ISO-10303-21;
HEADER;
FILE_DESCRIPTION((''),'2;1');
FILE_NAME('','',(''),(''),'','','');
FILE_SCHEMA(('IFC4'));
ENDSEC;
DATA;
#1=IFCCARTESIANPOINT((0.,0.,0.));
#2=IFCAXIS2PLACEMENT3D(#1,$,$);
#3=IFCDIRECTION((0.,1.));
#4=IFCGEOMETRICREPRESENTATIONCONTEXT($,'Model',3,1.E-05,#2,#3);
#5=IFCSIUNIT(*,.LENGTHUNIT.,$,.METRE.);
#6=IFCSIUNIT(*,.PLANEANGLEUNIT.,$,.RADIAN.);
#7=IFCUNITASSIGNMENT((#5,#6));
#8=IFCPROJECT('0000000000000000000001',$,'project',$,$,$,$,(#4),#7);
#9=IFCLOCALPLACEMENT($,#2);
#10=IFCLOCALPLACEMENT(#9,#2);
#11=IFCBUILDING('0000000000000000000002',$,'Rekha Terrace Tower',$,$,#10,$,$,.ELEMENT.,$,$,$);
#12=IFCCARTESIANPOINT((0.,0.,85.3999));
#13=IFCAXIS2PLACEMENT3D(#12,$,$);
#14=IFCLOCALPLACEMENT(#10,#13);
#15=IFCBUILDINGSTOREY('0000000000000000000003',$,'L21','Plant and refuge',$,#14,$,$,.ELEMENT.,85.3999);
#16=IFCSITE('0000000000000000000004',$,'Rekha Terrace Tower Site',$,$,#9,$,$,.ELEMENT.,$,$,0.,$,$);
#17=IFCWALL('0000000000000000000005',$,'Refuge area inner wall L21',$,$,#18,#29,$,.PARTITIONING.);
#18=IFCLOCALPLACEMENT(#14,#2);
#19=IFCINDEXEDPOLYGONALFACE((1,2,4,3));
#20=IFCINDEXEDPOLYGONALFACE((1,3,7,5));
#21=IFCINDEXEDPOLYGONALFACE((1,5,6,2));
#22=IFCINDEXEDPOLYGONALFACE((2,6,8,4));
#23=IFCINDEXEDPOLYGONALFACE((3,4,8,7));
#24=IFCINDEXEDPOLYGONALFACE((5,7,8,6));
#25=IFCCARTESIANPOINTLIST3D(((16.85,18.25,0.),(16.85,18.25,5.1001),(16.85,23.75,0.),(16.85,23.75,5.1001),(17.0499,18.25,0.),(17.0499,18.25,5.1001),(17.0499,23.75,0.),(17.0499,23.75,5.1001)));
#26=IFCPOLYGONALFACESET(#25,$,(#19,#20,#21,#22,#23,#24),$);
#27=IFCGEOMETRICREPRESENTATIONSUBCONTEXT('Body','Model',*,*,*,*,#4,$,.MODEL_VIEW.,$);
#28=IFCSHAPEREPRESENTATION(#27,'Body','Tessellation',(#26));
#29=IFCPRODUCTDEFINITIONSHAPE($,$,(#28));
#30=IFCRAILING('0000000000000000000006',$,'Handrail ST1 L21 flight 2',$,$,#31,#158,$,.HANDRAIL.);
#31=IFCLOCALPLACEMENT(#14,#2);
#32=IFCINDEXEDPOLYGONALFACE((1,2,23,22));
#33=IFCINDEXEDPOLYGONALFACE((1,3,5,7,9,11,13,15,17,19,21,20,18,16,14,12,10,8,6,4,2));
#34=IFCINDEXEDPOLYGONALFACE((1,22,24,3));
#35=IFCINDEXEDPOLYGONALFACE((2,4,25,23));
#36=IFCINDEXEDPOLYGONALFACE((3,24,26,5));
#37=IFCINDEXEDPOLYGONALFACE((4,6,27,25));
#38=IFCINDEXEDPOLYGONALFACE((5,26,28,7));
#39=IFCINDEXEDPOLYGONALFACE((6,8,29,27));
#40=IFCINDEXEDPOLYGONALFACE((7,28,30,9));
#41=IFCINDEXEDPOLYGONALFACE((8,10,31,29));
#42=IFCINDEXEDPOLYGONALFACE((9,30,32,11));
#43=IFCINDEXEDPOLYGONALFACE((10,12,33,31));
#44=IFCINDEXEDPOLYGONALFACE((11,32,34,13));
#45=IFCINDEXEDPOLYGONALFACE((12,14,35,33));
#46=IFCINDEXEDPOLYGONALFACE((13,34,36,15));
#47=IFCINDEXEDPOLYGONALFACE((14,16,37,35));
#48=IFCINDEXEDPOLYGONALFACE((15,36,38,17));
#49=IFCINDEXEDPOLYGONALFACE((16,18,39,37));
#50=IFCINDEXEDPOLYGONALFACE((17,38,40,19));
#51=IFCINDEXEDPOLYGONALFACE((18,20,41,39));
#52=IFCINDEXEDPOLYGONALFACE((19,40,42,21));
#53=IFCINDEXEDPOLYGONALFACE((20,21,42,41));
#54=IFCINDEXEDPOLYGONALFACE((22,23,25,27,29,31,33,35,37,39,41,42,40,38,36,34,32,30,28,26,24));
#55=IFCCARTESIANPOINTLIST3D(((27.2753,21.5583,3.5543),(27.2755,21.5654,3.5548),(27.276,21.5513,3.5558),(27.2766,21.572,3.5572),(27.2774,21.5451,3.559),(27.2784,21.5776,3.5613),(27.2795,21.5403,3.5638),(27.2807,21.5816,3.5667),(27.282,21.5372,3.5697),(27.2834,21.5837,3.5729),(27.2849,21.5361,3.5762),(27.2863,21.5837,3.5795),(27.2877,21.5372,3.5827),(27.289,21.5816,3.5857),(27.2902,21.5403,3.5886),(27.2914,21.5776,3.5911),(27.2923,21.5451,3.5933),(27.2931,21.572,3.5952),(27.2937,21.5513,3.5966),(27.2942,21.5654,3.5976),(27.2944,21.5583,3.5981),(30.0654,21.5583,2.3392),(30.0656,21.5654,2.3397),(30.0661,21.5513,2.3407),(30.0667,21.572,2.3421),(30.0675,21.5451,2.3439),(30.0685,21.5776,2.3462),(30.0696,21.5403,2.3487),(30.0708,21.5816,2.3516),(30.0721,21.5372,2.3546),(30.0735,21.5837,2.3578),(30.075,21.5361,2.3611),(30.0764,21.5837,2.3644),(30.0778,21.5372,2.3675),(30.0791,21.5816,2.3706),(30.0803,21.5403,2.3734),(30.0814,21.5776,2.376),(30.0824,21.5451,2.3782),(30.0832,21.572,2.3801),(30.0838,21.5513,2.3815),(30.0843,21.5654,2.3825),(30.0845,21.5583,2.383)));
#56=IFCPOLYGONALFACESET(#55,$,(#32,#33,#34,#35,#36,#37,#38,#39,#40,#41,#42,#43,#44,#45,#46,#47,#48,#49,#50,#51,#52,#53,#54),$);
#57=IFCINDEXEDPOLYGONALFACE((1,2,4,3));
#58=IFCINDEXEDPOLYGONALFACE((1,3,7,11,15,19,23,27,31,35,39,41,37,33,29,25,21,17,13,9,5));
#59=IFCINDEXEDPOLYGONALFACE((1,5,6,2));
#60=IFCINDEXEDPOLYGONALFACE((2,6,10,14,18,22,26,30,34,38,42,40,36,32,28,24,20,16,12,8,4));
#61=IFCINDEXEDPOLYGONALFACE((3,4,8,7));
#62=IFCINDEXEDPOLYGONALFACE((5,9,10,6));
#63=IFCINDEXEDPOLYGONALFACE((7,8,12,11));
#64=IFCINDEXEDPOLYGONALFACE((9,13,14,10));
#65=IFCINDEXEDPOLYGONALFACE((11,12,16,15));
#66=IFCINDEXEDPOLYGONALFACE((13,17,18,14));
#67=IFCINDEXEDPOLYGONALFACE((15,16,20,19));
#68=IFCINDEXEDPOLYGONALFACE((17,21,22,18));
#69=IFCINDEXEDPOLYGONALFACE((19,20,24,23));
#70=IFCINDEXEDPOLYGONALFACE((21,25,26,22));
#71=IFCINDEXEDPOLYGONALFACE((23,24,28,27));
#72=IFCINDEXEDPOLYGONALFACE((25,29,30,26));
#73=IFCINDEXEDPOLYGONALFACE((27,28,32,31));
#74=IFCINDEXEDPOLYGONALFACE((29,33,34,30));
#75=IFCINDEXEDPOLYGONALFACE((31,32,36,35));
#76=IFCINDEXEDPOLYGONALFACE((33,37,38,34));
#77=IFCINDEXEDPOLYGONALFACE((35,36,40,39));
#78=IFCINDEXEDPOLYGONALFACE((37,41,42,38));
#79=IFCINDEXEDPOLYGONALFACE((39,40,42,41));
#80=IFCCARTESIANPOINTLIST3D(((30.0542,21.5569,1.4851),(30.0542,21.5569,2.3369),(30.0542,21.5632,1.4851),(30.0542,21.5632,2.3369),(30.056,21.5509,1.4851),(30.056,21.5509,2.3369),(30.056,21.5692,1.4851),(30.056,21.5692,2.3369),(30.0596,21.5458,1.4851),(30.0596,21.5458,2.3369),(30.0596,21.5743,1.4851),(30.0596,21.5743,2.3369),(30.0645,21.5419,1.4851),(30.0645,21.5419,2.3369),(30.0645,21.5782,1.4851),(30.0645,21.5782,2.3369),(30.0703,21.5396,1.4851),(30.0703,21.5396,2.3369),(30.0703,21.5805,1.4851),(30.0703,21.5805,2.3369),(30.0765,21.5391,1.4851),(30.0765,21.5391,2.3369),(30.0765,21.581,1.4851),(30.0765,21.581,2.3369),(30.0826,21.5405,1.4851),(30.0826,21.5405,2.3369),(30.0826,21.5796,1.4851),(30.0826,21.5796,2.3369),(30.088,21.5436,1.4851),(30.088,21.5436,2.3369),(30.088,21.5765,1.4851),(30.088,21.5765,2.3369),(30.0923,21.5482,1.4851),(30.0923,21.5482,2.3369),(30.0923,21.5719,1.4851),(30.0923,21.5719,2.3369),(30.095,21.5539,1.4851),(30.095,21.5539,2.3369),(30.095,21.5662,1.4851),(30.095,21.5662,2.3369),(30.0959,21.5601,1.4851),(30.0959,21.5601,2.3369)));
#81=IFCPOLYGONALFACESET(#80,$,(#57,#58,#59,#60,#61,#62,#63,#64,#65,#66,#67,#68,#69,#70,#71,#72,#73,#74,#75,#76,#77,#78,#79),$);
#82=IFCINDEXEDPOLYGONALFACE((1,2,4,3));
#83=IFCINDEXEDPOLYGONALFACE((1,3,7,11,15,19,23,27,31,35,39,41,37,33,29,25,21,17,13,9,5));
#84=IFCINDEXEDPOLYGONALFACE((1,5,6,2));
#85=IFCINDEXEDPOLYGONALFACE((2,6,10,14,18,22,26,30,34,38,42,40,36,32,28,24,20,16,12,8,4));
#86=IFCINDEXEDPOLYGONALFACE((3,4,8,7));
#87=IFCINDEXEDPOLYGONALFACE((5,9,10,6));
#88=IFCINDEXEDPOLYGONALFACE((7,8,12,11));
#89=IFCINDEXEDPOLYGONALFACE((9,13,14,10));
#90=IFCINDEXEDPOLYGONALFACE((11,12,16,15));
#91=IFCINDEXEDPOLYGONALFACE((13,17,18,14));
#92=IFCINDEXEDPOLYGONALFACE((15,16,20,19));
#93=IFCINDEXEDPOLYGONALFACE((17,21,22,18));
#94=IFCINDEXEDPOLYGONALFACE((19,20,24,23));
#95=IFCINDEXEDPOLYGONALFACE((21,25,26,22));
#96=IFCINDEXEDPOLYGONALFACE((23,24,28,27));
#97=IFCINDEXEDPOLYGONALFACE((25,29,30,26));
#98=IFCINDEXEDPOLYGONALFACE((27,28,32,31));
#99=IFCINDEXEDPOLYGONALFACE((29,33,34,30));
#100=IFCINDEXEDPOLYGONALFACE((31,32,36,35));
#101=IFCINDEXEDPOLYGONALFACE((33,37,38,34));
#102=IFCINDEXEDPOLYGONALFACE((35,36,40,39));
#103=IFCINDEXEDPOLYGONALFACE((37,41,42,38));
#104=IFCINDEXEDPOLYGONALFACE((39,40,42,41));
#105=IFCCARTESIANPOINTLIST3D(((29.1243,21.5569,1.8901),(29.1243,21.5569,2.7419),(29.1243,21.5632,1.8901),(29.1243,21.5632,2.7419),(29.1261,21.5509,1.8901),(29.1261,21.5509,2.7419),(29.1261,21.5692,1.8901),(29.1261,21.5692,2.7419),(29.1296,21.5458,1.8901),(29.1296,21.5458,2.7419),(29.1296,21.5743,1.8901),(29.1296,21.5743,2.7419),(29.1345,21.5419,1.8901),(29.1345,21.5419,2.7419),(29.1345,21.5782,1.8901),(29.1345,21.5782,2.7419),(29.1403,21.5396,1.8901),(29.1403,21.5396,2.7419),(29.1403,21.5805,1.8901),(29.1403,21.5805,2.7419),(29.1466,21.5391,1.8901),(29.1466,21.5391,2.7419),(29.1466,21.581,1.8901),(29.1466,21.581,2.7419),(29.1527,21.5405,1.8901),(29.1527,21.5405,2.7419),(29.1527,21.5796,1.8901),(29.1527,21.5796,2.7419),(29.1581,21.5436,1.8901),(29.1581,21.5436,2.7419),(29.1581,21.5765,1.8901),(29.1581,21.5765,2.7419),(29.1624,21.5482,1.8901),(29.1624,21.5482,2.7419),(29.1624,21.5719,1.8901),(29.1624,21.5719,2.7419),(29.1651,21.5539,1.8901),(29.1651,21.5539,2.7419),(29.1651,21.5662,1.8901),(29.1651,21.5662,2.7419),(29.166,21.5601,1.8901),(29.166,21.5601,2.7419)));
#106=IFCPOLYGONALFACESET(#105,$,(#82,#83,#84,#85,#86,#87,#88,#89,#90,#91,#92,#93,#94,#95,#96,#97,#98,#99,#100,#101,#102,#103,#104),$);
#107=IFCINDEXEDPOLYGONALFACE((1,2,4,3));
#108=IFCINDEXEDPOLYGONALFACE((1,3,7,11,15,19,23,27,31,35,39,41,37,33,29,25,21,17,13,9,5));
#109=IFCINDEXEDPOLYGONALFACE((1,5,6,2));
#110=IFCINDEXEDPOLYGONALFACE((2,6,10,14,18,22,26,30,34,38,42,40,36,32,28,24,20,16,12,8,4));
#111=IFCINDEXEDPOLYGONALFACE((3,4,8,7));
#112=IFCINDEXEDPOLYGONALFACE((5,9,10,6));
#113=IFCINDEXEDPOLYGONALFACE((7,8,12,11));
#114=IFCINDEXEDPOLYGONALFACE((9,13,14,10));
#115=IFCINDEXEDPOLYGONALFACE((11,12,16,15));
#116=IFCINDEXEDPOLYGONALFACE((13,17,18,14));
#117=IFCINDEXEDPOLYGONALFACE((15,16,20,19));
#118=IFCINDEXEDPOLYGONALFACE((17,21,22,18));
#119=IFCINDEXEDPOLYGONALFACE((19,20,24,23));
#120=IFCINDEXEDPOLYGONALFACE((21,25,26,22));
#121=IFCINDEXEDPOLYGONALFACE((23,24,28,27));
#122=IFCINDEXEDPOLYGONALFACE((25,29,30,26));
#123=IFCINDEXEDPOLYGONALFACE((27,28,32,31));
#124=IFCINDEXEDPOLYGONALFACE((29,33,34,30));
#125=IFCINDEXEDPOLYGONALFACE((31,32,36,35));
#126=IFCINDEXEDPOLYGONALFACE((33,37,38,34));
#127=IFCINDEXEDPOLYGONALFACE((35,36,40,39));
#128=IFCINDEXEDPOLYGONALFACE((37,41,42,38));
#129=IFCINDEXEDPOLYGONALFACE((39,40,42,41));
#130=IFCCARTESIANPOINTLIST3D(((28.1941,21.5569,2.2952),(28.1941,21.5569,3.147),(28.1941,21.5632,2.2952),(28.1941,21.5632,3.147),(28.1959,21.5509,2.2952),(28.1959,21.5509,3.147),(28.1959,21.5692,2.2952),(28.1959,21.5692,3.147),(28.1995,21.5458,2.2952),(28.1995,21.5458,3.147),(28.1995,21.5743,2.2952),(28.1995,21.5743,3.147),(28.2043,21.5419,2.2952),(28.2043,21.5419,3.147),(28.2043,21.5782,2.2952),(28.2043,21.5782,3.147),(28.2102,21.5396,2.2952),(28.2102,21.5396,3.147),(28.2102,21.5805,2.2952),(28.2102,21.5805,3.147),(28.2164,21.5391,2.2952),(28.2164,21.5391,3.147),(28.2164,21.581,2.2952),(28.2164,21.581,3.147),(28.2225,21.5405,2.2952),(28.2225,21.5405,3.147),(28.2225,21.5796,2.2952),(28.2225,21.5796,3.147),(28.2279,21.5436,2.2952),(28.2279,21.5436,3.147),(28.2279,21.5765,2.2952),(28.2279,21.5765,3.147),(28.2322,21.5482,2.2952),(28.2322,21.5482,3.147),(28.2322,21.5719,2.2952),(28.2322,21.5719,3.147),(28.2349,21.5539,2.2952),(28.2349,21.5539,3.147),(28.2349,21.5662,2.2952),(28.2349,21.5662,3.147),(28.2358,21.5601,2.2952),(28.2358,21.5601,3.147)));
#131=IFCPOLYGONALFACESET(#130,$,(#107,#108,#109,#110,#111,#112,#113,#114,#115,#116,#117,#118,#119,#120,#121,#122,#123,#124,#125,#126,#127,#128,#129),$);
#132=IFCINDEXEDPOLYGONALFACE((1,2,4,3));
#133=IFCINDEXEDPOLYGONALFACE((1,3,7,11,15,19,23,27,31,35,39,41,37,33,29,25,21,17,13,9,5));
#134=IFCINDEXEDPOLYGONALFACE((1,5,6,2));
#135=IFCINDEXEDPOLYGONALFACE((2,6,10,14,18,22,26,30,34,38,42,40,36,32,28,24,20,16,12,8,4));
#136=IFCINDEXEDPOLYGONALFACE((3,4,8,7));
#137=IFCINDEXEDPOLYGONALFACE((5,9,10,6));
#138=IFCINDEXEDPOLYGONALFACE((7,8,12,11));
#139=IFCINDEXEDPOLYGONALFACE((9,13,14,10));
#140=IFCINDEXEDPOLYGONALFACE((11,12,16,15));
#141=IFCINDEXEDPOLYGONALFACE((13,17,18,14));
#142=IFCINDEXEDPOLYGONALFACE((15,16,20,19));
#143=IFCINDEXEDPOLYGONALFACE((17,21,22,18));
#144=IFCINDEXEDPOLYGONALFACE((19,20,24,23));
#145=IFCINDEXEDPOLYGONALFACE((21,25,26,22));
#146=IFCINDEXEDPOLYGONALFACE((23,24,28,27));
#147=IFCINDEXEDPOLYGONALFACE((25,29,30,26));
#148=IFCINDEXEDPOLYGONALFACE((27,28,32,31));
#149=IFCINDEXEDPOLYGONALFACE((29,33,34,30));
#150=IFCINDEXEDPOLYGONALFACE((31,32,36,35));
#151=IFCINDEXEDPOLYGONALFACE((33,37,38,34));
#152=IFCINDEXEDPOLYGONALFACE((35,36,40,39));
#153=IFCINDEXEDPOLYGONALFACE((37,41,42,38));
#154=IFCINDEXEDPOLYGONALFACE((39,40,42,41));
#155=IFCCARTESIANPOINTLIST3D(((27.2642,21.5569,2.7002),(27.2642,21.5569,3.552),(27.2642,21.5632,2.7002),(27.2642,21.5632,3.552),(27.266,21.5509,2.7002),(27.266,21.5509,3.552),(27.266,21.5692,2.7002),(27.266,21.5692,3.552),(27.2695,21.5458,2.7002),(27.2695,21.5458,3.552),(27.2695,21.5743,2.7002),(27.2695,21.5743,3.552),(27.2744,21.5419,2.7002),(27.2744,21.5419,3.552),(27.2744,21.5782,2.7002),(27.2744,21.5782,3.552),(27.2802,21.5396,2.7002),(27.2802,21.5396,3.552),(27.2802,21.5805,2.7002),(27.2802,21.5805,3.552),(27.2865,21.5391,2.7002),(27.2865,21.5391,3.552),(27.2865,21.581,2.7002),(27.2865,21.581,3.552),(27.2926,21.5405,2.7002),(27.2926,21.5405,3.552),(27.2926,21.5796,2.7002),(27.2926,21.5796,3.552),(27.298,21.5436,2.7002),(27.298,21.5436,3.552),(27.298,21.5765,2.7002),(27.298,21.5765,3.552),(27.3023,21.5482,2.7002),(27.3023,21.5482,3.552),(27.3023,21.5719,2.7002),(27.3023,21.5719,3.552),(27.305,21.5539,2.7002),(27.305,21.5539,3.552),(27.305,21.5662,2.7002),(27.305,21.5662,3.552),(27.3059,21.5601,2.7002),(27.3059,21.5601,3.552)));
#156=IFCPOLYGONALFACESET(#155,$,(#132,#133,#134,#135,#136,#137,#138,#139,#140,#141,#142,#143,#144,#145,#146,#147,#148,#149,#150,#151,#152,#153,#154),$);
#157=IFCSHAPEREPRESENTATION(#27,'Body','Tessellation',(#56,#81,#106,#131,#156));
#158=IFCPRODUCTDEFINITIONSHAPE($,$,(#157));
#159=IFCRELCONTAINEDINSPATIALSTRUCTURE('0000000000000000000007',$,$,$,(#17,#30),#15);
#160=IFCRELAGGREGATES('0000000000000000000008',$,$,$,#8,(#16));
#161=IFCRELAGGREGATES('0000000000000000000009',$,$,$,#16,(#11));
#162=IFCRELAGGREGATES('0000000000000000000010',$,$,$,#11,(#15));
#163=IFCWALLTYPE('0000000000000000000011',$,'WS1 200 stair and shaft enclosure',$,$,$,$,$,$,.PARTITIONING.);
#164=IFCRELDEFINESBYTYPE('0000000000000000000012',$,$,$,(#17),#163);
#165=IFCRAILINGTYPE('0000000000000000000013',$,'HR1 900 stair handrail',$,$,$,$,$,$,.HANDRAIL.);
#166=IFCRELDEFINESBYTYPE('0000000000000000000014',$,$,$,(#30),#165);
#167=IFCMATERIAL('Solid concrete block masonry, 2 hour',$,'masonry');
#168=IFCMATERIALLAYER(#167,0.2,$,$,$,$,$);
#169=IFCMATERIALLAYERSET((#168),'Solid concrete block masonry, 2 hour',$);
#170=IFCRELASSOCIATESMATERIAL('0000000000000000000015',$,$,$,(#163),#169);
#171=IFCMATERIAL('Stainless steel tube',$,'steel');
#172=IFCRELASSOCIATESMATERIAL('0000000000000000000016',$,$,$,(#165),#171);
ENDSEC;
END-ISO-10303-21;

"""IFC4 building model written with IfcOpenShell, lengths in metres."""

from ifc_helpers import new_model, si_unit, direction, frame, frame_2d, origin, origin_2d, place, context, subcontext, project, spatial, rectangle, circle, extrude, material, layer, layer_set, type_object, element, save


model = new_model("IFC4")

# Units and contexts
model_context = context("Model", 3, precision=1e-05, world=origin(), true_north=direction((0.0, 1.0)))
body_context = subcontext(model_context, "Body", "Model", "MODEL_VIEW")
ifc_project = project(units=[si_unit("LENGTHUNIT", "METRE"), si_unit("PLANEANGLEUNIT", "RADIAN")], contexts=[model_context])

# Site, building, storey
site_placement = place(None, origin())
site = spatial("IfcSite", under=ifc_project, at=site_placement, Name="Rekha Terrace Tower Site", CompositionType="ELEMENT", RefElevation=0.0)
building_placement = place(site_placement, origin())
building = spatial("IfcBuilding", under=site, at=building_placement, Name="Rekha Terrace Tower", CompositionType="ELEMENT")
storey_placement = place(building_placement, frame((0.0, 0.0, 85.3999)))
storey = spatial("IfcBuildingStorey", under=building, at=storey_placement, Name="L21", Description="Plant and refuge", CompositionType="ELEMENT", Elevation=85.3999)

# Shared definitions
ifc_material_1 = material(Name="Solid concrete block masonry, 2 hour", Category="masonry")

# Wall
ifc_layer_1 = layer(ifc_material_1, 0.2)
ifc_layer_set_1 = layer_set([ifc_layer_1], Name="Solid concrete block masonry, 2 hour")
wall_type_1 = type_object("IfcWallType", Name="WS1 200 stair and shaft enclosure", PredefinedType="PARTITIONING", material=ifc_layer_set_1)
wall_1_placement = place(storey_placement, frame((16.95, 18.25, 0.0), z_axis=(0.0, 0.0, 1.0), x_axis=(0.0, 1.0, 0.0)))
element("IfcWall", 1, at=wall_1_placement, inside=storey, type_object=wall_type_1, Name="Refuge area inner wall L21", PredefinedType="PARTITIONING", context=body_context, shape_type="SweptSolid", body=[
    extrude(rectangle(XDim=5.5, YDim=0.2, at=frame_2d((2.75, 0.0))), origin(), (0.0, 0.0, 1.0), 5.1001),
])

# Railing
ifc_material_2 = material(Name="Stainless steel tube", Category="steel")
railing_type = type_object("IfcRailingType", Name="HR1 900 stair handrail", PredefinedType="HANDRAIL", material=ifc_material_2)
railing_placement = place(storey_placement, frame((30.075, 21.5601, 1.4851)))
element("IfcRailing", 2, at=railing_placement, inside=storey, type_object=railing_type, Name="Handrail ST1 L21 flight 2", PredefinedType="HANDRAIL", context=body_context, shape_type="SweptSolid", body=[
    extrude(circle(Radius=0.0239, at=origin_2d()), frame((0.0, 0.0, 0.876), z_axis=(-0.916826, 0.0, 0.399286), x_axis=(0.0, -1.0, 0.0)), (0.0, 0.0, 1.0), 3.0432),
    extrude(circle(Radius=0.021, at=origin_2d()), origin(), (0.0, 0.0, 1.0), 0.8518),
    extrude(circle(Radius=0.021, at=origin_2d()), frame((-0.9299, 0.0, 0.405)), (0.0, 0.0, 1.0), 0.8518),
    extrude(circle(Radius=0.021, at=origin_2d()), frame((-1.8601, 0.0, 0.8101)), (0.0, 0.0, 1.0), 0.8518),
    extrude(circle(Radius=0.021, at=origin_2d()), frame((-2.79, 0.0, 1.2151)), (0.0, 0.0, 1.0), 0.8518),
])

save(model, "model.ifc")
